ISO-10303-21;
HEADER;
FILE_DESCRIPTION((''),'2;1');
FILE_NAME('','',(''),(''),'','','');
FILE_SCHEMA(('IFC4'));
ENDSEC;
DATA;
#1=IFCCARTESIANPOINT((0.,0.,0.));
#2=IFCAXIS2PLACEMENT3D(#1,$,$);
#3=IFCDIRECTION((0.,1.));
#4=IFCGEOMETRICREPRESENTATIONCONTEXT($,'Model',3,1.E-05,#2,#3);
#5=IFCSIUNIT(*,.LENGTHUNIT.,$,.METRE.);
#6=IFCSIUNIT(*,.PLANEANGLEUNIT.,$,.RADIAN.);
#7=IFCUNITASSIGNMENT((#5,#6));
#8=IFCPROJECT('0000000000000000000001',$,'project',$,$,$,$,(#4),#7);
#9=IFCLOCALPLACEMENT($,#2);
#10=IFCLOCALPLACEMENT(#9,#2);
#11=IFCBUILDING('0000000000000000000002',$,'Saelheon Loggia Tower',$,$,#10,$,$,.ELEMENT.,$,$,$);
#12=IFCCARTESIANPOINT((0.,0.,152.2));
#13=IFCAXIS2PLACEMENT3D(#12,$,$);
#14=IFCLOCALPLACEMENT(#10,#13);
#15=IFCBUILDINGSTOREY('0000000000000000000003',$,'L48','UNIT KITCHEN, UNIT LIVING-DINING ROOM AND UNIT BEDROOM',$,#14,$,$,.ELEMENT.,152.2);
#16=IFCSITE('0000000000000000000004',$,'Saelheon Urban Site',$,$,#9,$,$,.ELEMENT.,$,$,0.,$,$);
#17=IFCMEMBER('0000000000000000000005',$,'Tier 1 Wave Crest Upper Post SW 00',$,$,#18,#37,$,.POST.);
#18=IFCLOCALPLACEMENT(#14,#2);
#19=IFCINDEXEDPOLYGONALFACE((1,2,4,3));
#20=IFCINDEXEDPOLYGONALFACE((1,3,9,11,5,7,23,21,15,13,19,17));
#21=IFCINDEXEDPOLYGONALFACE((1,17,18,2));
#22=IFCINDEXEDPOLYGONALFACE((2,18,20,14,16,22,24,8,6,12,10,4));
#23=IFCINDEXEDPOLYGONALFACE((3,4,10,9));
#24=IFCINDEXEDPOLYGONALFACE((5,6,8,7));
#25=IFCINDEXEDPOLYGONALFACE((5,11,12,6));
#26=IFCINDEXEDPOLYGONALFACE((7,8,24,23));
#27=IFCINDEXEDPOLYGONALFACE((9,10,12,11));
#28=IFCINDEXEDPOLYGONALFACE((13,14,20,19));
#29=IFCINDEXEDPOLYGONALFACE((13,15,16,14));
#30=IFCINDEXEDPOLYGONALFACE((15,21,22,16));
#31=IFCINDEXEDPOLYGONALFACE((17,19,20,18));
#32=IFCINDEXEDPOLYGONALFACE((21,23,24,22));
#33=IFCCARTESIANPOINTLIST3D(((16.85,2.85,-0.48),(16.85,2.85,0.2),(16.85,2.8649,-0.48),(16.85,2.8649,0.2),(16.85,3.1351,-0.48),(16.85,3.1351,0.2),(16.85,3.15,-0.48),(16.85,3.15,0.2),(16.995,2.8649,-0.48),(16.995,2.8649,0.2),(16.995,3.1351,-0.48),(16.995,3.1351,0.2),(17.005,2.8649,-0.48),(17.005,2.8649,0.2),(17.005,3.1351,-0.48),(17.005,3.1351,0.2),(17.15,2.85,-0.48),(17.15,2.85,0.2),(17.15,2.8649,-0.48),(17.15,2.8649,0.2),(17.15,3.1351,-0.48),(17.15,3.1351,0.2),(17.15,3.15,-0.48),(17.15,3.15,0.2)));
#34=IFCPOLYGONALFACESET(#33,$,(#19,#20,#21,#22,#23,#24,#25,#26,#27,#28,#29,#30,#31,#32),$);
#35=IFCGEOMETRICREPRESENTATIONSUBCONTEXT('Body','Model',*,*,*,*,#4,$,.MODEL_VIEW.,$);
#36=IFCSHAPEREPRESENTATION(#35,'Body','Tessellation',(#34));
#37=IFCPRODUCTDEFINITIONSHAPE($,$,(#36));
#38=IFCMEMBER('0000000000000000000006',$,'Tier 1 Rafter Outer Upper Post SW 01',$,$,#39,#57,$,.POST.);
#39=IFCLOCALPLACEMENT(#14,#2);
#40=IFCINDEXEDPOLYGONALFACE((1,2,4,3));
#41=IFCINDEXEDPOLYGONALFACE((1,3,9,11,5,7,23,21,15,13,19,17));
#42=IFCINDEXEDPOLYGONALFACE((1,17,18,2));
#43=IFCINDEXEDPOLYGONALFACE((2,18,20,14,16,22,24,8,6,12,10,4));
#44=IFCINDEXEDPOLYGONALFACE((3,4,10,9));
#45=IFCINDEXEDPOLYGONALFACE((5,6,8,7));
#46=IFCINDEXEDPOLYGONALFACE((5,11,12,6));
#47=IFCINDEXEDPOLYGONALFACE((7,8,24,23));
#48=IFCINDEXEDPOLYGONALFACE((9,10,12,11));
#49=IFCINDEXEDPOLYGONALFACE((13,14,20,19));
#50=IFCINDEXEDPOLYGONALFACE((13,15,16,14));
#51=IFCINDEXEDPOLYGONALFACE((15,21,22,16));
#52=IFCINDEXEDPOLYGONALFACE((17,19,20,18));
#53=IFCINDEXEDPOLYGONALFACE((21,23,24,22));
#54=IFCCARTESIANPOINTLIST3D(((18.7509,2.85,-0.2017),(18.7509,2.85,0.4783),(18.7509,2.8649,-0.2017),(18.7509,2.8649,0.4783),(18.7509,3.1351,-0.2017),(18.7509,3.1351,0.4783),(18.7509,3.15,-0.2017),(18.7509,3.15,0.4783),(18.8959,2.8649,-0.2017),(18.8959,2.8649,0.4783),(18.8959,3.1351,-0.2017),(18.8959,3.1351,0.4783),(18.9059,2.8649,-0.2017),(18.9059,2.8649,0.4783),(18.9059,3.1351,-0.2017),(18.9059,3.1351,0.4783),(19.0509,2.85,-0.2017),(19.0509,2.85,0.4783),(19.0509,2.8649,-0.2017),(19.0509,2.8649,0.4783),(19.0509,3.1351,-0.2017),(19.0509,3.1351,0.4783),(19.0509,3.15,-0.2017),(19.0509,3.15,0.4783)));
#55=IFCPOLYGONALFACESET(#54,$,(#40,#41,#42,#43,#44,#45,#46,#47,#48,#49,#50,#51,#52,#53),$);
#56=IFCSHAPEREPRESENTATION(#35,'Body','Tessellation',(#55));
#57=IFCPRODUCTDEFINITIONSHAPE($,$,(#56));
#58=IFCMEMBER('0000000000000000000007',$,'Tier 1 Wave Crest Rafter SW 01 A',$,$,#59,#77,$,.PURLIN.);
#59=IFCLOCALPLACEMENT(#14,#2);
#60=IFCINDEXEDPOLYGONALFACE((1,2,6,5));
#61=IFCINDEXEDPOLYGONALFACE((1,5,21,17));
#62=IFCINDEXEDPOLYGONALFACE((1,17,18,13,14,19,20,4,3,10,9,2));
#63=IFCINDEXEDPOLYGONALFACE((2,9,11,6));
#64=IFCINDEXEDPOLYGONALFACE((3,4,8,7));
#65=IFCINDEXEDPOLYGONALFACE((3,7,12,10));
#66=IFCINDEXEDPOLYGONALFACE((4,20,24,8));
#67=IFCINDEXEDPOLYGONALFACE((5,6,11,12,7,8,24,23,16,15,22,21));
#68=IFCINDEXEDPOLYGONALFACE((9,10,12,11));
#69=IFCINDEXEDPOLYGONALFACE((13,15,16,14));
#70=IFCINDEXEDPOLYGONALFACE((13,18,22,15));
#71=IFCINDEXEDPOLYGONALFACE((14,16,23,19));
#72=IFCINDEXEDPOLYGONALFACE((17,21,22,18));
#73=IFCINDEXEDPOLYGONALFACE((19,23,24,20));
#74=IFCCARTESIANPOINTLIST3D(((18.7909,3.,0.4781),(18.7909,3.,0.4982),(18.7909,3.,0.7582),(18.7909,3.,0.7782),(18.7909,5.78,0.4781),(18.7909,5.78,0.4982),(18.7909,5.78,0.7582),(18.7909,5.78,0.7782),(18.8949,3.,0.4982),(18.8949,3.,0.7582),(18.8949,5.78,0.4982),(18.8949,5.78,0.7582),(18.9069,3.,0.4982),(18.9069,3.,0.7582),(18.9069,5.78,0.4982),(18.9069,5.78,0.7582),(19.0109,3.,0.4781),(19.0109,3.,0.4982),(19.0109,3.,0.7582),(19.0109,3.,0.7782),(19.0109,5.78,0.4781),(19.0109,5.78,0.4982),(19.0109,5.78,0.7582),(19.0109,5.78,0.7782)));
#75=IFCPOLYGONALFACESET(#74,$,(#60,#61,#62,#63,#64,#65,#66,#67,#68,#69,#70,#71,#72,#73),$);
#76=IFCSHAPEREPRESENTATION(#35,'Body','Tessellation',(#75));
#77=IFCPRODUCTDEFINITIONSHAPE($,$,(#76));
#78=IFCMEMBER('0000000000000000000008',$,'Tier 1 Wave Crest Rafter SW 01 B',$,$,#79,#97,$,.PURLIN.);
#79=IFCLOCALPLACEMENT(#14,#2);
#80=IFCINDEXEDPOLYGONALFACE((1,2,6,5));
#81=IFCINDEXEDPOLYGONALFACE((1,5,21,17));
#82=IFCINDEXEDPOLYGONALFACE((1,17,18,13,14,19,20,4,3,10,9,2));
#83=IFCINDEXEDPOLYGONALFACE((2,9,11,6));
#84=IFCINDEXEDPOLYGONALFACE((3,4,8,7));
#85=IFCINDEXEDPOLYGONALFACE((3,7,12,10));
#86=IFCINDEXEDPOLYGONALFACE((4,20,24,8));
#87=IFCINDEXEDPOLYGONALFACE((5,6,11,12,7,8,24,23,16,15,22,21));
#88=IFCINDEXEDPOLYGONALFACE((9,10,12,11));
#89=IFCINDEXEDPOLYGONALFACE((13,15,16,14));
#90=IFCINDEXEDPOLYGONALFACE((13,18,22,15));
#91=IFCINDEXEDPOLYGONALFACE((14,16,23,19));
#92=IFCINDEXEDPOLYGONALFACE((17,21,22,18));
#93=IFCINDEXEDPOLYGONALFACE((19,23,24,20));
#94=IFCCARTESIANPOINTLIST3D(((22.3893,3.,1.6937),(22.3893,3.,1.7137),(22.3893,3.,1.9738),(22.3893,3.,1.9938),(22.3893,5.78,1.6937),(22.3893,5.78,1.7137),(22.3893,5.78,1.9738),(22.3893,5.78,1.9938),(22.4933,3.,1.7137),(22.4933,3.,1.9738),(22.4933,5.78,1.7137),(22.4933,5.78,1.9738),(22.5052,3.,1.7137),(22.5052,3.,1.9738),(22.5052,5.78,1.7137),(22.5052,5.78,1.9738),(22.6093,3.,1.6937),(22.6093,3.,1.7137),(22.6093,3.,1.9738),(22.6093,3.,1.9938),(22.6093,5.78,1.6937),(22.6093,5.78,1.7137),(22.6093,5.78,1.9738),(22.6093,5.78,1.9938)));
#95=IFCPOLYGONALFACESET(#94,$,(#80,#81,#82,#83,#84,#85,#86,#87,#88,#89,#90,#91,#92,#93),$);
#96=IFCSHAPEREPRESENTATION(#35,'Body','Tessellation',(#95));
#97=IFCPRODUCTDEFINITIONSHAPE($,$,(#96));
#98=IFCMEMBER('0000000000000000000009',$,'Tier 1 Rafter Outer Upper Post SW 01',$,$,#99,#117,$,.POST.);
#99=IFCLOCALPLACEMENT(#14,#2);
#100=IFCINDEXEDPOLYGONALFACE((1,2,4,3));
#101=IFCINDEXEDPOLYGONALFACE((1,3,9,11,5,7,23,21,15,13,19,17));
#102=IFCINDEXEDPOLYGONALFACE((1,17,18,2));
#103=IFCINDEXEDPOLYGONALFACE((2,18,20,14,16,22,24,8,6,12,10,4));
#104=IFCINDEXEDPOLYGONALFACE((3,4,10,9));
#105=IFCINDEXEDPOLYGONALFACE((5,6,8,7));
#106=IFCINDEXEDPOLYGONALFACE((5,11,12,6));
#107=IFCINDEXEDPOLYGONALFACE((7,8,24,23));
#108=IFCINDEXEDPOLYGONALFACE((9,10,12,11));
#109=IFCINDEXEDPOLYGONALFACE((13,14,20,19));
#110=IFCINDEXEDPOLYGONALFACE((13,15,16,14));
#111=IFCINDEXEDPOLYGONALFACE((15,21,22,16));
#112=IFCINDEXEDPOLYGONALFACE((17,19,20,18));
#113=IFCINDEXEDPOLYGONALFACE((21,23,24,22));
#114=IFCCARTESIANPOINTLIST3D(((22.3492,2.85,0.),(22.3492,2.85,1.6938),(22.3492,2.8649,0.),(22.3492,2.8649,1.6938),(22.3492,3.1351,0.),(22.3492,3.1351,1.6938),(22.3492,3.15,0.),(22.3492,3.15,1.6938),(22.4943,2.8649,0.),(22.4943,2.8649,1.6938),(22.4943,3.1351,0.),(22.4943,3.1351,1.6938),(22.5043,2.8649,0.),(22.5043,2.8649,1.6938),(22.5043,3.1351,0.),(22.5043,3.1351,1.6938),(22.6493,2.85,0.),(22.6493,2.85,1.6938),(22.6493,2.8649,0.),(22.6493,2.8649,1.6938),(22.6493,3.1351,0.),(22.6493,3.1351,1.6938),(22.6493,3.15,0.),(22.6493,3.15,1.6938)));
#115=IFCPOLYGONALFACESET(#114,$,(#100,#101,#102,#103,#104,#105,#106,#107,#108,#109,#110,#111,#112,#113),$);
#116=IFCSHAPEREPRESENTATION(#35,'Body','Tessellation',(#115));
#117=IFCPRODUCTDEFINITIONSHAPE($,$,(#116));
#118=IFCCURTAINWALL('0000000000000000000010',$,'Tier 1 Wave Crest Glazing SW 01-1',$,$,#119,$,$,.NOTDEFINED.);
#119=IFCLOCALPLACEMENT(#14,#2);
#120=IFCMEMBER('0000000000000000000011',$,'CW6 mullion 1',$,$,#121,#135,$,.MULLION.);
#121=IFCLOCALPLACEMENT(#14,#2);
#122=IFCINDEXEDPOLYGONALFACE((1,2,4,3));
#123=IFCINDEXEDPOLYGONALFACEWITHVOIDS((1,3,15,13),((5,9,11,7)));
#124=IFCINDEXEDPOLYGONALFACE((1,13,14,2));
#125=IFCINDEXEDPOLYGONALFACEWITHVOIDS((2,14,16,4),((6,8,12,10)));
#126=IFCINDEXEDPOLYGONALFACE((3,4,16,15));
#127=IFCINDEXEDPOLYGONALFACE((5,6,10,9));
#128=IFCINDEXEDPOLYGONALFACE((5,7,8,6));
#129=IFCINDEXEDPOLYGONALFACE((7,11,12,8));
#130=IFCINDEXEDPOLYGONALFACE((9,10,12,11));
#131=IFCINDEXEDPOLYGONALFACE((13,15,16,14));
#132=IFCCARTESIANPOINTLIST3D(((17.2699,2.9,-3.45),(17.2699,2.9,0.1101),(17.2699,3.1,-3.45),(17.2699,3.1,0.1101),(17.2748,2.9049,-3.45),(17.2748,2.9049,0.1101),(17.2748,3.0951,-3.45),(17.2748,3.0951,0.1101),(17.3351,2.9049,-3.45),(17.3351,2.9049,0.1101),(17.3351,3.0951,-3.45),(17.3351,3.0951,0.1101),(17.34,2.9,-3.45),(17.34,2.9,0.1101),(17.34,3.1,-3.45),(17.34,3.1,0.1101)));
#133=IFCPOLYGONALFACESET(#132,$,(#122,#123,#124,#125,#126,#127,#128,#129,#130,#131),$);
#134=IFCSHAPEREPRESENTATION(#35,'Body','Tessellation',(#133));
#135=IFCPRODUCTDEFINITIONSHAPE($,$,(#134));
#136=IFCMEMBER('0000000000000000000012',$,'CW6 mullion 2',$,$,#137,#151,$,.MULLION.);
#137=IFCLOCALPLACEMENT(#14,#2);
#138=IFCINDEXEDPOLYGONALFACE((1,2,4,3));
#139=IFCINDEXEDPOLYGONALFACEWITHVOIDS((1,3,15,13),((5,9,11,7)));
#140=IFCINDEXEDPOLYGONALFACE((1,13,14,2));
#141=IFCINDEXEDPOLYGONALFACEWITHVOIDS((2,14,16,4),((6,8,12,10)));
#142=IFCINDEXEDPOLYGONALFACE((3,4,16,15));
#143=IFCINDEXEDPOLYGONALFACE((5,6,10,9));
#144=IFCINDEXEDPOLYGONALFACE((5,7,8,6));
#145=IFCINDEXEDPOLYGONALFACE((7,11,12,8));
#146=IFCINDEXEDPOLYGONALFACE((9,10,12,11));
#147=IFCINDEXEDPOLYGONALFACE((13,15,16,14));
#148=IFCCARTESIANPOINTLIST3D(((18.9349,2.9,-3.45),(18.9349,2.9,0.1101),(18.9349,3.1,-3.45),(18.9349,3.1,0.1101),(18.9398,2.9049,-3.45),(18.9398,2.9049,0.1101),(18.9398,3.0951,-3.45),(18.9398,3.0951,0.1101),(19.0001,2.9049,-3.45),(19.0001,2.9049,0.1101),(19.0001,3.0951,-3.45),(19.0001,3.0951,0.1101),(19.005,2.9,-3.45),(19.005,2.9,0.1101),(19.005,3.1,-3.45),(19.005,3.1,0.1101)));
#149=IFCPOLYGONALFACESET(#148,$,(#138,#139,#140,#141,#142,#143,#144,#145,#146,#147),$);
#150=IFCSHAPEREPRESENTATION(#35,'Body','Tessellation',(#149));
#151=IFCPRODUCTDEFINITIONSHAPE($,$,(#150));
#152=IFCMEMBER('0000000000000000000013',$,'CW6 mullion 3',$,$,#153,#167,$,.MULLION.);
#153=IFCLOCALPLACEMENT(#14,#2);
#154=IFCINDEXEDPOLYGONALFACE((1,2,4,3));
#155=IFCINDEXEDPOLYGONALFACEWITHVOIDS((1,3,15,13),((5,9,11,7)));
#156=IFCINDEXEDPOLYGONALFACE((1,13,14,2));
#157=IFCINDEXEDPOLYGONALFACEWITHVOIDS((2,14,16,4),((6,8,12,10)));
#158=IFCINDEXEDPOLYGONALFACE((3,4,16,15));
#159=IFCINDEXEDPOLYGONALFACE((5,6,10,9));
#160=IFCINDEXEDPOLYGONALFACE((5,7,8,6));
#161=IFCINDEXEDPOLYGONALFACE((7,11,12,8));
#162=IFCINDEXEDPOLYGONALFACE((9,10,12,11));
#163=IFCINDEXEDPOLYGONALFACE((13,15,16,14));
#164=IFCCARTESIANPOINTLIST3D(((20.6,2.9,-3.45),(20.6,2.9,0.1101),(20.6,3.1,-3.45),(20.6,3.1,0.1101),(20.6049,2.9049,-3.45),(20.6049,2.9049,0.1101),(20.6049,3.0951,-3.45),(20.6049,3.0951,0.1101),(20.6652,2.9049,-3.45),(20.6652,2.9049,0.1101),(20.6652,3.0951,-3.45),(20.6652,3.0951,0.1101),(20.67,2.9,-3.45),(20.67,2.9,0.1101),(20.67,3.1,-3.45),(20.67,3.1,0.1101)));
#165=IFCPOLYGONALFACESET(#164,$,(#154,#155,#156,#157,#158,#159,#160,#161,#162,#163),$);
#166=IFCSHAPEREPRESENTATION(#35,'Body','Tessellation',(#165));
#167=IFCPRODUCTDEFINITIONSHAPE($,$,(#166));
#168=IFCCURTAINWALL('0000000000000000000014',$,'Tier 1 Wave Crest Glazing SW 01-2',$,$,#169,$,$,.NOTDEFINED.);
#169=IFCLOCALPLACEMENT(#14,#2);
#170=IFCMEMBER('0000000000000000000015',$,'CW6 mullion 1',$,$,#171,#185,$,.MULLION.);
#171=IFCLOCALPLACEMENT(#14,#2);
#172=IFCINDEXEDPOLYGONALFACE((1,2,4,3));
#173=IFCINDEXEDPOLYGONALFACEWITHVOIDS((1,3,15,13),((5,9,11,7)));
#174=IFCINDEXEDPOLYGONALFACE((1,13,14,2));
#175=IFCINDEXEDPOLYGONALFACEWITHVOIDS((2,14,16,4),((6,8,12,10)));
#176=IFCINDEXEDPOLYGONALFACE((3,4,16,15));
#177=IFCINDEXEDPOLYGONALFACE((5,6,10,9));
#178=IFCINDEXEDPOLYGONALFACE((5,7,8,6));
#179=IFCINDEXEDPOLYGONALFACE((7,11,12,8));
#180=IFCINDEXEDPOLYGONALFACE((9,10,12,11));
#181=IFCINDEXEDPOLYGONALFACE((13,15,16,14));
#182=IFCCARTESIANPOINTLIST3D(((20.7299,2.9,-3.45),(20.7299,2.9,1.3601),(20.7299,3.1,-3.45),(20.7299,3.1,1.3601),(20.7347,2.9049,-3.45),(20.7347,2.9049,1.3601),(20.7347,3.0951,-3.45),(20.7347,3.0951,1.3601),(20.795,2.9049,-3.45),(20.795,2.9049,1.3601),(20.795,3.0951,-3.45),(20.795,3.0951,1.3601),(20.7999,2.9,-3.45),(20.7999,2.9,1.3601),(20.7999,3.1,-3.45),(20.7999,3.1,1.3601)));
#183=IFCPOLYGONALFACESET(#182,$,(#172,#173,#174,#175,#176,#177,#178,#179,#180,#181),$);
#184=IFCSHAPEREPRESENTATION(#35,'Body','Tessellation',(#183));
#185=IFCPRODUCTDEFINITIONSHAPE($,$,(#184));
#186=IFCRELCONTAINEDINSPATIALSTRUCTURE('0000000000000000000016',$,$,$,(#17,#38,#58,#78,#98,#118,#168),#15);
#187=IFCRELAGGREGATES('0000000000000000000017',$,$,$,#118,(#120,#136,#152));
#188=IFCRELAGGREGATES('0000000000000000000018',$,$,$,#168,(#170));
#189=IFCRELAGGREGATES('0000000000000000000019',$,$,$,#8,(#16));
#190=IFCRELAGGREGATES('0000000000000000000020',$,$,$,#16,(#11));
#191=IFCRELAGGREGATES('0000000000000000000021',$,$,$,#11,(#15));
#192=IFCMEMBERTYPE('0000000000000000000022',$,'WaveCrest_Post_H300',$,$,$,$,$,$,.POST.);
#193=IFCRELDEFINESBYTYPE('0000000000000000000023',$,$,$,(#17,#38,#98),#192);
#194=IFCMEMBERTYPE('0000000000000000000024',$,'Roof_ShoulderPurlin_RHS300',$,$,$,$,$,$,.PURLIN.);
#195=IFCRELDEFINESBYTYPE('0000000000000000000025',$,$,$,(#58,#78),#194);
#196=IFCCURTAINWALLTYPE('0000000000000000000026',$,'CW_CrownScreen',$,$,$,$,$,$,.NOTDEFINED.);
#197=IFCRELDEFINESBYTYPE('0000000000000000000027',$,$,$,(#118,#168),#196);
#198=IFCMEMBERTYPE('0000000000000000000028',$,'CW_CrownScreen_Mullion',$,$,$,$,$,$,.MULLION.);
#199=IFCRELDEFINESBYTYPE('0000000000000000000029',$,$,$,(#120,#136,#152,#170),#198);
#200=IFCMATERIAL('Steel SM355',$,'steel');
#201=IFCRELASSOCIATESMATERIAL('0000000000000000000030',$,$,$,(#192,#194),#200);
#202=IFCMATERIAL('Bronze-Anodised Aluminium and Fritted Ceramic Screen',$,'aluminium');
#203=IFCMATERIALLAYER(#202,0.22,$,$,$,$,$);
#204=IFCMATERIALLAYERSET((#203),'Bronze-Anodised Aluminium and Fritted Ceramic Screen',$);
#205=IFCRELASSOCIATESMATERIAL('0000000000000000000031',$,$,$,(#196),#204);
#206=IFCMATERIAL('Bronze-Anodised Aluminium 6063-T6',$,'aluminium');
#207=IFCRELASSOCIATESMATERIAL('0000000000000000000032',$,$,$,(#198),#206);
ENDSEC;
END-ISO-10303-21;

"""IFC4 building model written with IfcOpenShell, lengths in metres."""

from ifc_helpers import new_model, si_unit, direction, frame, origin, origin_2d, place, context, subcontext, project, spatial, hollow_rectangle, i_section, extrude, source, transform, mapped, material, layer, layer_set, material_profile, profile_set, type_object, element, aggregate, save


model = new_model("IFC4")

# Units and contexts
model_context = context("Model", 3, precision=1e-05, world=origin(), true_north=direction((0.0, 1.0)))
body_context = subcontext(model_context, "Body", "Model", "MODEL_VIEW")
ifc_project = project(units=[si_unit("LENGTHUNIT", "METRE"), si_unit("PLANEANGLEUNIT", "RADIAN")], contexts=[model_context])

# Site, building, storey
site_placement = place(None, origin())
site = spatial("IfcSite", under=ifc_project, at=site_placement, Name="Saelheon Urban Site", CompositionType="ELEMENT", RefElevation=0.0)
building_placement = place(site_placement, origin())
building = spatial("IfcBuilding", under=site, at=building_placement, Name="Saelheon Loggia Tower", CompositionType="ELEMENT")
storey_placement = place(building_placement, frame((0.0, 0.0, 152.2)))
storey = spatial("IfcBuildingStorey", under=building, at=storey_placement, Name="L48", Description="UNIT KITCHEN, UNIT LIVING-DINING ROOM AND UNIT BEDROOM", CompositionType="ELEMENT", Elevation=152.2)

# Members
ifc_material_1 = material(Name="Steel SM355", Category="steel")
ifc_material_profile_1 = material_profile(ifc_material_1, i_section(OverallWidth=0.3, OverallDepth=0.3, WebThickness=0.01, FlangeThickness=0.0149, at=origin_2d()), Name="H-300x300x10x15")
ifc_profile_set_1 = profile_set([ifc_material_profile_1], Name="Steel SM355")
member_type_1 = type_object("IfcMemberType", Name="WaveCrest_Post_H300", PredefinedType="POST", material=ifc_profile_set_1)
shared_shape_1 = source(origin(), body_context, "Body", "SweptSolid", [
    extrude(i_section(OverallWidth=0.3, OverallDepth=0.3, WebThickness=0.01, FlangeThickness=0.0149, at=origin_2d()), origin(), (0.0, 0.0, 1.0), 0.6799),
])
for number, where, z_axis, x_axis, name in (
    (1, (17.0, 3.0, -0.48), (0.0, 0.0, 1.0), (1.0, 0.0, 0.0), "Tier 1 Wave Crest Upper Post SW 00"),
    (2, (18.9009, 3.0, -0.2017), (0.0, 0.0, 1.0), (1.0, 0.0, 0.0), "Tier 1 Rafter Outer Upper Post SW 01"),
):
    element("IfcMember", number, at=place(storey_placement, frame(where, z_axis=z_axis, x_axis=x_axis)), inside=storey, type_object=member_type_1, Name=name, PredefinedType="POST", context=body_context, shape_type="MappedRepresentation", body=[
        mapped(shared_shape_1, transform((0.0, 0.0, 0.0), scale=1.0)),
    ])
ifc_material_profile_2 = material_profile(ifc_material_1, i_section(OverallWidth=0.22, OverallDepth=0.3, WebThickness=0.012, FlangeThickness=0.02, at=origin_2d()), Name="H-300x220x12x20")
ifc_profile_set_2 = profile_set([ifc_material_profile_2], Name="Steel SM355")
member_type_2 = type_object("IfcMemberType", Name="Roof_ShoulderPurlin_RHS300", PredefinedType="PURLIN", material=ifc_profile_set_2)
shared_shape_2 = source(origin(), body_context, "Body", "SweptSolid", [
    extrude(i_section(OverallWidth=0.22, OverallDepth=0.3, WebThickness=0.012, FlangeThickness=0.02, at=origin_2d()), origin(), (0.0, 0.0, 1.0), 2.78),
])
for number, where, z_axis, x_axis, name in (
    (3, (18.9009, 3.0, 0.6282), (0.0, 1.0, 0.0), (-1.0, 0.0, 0.0), "Tier 1 Wave Crest Rafter SW 01 A"),
    (4, (22.4993, 3.0, 1.8438), (0.0, 1.0, 0.0), (-1.0, 0.0, 0.0), "Tier 1 Wave Crest Rafter SW 01 B"),
):
    element("IfcMember", number, at=place(storey_placement, frame(where, z_axis=z_axis, x_axis=x_axis)), inside=storey, type_object=member_type_2, Name=name, PredefinedType="PURLIN", context=body_context, shape_type="MappedRepresentation", body=[
        mapped(shared_shape_2, transform((0.0, 0.0, 0.0), scale=1.0)),
    ])
shared_shape_3 = source(origin(), body_context, "Body", "SweptSolid", [
    extrude(i_section(OverallWidth=0.3, OverallDepth=0.3, WebThickness=0.01, FlangeThickness=0.0149, at=origin_2d()), origin(), (0.0, 0.0, 1.0), 1.6938),
])
member_1_placement = place(storey_placement, frame((22.4993, 3.0, 0.0), z_axis=(0.0, 0.0, 1.0), x_axis=(1.0, 0.0, 0.0)))
element("IfcMember", 5, at=member_1_placement, inside=storey, type_object=member_type_1, Name="Tier 1 Rafter Outer Upper Post SW 01", PredefinedType="POST", context=body_context, shape_type="MappedRepresentation", body=[
    mapped(shared_shape_3, transform((0.0, 0.0, 0.0), scale=1.0)),
])

# Curtain walls, members
ifc_material_2 = material(Name="Bronze-Anodised Aluminium and Fritted Ceramic Screen", Category="aluminium")
ifc_layer_1 = layer(ifc_material_2, 0.22)
ifc_layer_set_1 = layer_set([ifc_layer_1], Name="Bronze-Anodised Aluminium and Fritted Ceramic Screen")
curtain_wall_type = type_object("IfcCurtainWallType", Name="CW_CrownScreen", PredefinedType="NOTDEFINED", material=ifc_layer_set_1)
curtain_wall_1_placement = place(storey_placement, origin())
curtain_wall_1 = element("IfcCurtainWall", 6, at=curtain_wall_1_placement, inside=storey, type_object=curtain_wall_type, Name="Tier 1 Wave Crest Glazing SW 01-1", PredefinedType="NOTDEFINED")
ifc_material_3 = material(Name="Bronze-Anodised Aluminium 6063-T6", Category="aluminium")
ifc_material_profile_3 = material_profile(ifc_material_3, hollow_rectangle(XDim=0.0701, YDim=0.2, WallThickness=0.0049, at=origin_2d()), Name="RHS-200x70x5")
ifc_profile_set_3 = profile_set([ifc_material_profile_3], Name="Bronze-Anodised Aluminium 6063-T6")
member_type_3 = type_object("IfcMemberType", Name="CW_CrownScreen_Mullion", PredefinedType="MULLION", material=ifc_profile_set_3)
shared_shape_4 = source(origin(), body_context, "Body", "SweptSolid", [
    extrude(hollow_rectangle(XDim=0.0701, YDim=0.2, WallThickness=0.0049, at=origin_2d()), origin(), (0.0, 0.0, 1.0), 3.5601),
])
member_2_placement = place(storey_placement, frame((17.3049, 3.0, -3.45), z_axis=(0.0, 0.0, 1.0), x_axis=(1.0, 0.0, 0.0)))
member_2 = element("IfcMember", 7, at=member_2_placement, type_object=member_type_3, Name="CW6 mullion 1", PredefinedType="MULLION", context=body_context, shape_type="MappedRepresentation", body=[
    mapped(shared_shape_4, transform((0.0, 0.0, 0.0), scale=1.0)),
])
member_3_placement = place(storey_placement, frame((18.97, 3.0, -3.45), z_axis=(0.0, 0.0, 1.0), x_axis=(1.0, 0.0, 0.0)))
member_3 = element("IfcMember", 8, at=member_3_placement, type_object=member_type_3, Name="CW6 mullion 2", PredefinedType="MULLION", context=body_context, shape_type="MappedRepresentation", body=[
    mapped(shared_shape_4, transform((0.0, 0.0, 0.0), scale=1.0)),
])
member_4_placement = place(storey_placement, frame((20.635, 3.0, -3.45), z_axis=(0.0, 0.0, 1.0), x_axis=(1.0, 0.0, 0.0)))
member_4 = element("IfcMember", 9, at=member_4_placement, type_object=member_type_3, Name="CW6 mullion 3", PredefinedType="MULLION", context=body_context, shape_type="MappedRepresentation", body=[
    mapped(shared_shape_4, transform((0.0, 0.0, 0.0), scale=1.0)),
])
curtain_wall_2_placement = place(storey_placement, origin())
curtain_wall_2 = element("IfcCurtainWall", 10, at=curtain_wall_2_placement, inside=storey, type_object=curtain_wall_type, Name="Tier 1 Wave Crest Glazing SW 01-2", PredefinedType="NOTDEFINED")
shared_shape_5 = source(origin(), body_context, "Body", "SweptSolid", [
    extrude(hollow_rectangle(XDim=0.0701, YDim=0.2, WallThickness=0.0049, at=origin_2d()), origin(), (0.0, 0.0, 1.0), 4.8101),
])
member_5_placement = place(storey_placement, frame((20.7649, 3.0, -3.45), z_axis=(0.0, 0.0, 1.0), x_axis=(1.0, 0.0, 0.0)))
member_5 = element("IfcMember", 11, at=member_5_placement, type_object=member_type_3, Name="CW6 mullion 1", PredefinedType="MULLION", context=body_context, shape_type="MappedRepresentation", body=[
    mapped(shared_shape_5, transform((0.0, 0.0, 0.0), scale=1.0)),
])

aggregate(curtain_wall_1, [member_2, member_3, member_4])
aggregate(curtain_wall_2, [member_5])

save(model, "model.ifc")
